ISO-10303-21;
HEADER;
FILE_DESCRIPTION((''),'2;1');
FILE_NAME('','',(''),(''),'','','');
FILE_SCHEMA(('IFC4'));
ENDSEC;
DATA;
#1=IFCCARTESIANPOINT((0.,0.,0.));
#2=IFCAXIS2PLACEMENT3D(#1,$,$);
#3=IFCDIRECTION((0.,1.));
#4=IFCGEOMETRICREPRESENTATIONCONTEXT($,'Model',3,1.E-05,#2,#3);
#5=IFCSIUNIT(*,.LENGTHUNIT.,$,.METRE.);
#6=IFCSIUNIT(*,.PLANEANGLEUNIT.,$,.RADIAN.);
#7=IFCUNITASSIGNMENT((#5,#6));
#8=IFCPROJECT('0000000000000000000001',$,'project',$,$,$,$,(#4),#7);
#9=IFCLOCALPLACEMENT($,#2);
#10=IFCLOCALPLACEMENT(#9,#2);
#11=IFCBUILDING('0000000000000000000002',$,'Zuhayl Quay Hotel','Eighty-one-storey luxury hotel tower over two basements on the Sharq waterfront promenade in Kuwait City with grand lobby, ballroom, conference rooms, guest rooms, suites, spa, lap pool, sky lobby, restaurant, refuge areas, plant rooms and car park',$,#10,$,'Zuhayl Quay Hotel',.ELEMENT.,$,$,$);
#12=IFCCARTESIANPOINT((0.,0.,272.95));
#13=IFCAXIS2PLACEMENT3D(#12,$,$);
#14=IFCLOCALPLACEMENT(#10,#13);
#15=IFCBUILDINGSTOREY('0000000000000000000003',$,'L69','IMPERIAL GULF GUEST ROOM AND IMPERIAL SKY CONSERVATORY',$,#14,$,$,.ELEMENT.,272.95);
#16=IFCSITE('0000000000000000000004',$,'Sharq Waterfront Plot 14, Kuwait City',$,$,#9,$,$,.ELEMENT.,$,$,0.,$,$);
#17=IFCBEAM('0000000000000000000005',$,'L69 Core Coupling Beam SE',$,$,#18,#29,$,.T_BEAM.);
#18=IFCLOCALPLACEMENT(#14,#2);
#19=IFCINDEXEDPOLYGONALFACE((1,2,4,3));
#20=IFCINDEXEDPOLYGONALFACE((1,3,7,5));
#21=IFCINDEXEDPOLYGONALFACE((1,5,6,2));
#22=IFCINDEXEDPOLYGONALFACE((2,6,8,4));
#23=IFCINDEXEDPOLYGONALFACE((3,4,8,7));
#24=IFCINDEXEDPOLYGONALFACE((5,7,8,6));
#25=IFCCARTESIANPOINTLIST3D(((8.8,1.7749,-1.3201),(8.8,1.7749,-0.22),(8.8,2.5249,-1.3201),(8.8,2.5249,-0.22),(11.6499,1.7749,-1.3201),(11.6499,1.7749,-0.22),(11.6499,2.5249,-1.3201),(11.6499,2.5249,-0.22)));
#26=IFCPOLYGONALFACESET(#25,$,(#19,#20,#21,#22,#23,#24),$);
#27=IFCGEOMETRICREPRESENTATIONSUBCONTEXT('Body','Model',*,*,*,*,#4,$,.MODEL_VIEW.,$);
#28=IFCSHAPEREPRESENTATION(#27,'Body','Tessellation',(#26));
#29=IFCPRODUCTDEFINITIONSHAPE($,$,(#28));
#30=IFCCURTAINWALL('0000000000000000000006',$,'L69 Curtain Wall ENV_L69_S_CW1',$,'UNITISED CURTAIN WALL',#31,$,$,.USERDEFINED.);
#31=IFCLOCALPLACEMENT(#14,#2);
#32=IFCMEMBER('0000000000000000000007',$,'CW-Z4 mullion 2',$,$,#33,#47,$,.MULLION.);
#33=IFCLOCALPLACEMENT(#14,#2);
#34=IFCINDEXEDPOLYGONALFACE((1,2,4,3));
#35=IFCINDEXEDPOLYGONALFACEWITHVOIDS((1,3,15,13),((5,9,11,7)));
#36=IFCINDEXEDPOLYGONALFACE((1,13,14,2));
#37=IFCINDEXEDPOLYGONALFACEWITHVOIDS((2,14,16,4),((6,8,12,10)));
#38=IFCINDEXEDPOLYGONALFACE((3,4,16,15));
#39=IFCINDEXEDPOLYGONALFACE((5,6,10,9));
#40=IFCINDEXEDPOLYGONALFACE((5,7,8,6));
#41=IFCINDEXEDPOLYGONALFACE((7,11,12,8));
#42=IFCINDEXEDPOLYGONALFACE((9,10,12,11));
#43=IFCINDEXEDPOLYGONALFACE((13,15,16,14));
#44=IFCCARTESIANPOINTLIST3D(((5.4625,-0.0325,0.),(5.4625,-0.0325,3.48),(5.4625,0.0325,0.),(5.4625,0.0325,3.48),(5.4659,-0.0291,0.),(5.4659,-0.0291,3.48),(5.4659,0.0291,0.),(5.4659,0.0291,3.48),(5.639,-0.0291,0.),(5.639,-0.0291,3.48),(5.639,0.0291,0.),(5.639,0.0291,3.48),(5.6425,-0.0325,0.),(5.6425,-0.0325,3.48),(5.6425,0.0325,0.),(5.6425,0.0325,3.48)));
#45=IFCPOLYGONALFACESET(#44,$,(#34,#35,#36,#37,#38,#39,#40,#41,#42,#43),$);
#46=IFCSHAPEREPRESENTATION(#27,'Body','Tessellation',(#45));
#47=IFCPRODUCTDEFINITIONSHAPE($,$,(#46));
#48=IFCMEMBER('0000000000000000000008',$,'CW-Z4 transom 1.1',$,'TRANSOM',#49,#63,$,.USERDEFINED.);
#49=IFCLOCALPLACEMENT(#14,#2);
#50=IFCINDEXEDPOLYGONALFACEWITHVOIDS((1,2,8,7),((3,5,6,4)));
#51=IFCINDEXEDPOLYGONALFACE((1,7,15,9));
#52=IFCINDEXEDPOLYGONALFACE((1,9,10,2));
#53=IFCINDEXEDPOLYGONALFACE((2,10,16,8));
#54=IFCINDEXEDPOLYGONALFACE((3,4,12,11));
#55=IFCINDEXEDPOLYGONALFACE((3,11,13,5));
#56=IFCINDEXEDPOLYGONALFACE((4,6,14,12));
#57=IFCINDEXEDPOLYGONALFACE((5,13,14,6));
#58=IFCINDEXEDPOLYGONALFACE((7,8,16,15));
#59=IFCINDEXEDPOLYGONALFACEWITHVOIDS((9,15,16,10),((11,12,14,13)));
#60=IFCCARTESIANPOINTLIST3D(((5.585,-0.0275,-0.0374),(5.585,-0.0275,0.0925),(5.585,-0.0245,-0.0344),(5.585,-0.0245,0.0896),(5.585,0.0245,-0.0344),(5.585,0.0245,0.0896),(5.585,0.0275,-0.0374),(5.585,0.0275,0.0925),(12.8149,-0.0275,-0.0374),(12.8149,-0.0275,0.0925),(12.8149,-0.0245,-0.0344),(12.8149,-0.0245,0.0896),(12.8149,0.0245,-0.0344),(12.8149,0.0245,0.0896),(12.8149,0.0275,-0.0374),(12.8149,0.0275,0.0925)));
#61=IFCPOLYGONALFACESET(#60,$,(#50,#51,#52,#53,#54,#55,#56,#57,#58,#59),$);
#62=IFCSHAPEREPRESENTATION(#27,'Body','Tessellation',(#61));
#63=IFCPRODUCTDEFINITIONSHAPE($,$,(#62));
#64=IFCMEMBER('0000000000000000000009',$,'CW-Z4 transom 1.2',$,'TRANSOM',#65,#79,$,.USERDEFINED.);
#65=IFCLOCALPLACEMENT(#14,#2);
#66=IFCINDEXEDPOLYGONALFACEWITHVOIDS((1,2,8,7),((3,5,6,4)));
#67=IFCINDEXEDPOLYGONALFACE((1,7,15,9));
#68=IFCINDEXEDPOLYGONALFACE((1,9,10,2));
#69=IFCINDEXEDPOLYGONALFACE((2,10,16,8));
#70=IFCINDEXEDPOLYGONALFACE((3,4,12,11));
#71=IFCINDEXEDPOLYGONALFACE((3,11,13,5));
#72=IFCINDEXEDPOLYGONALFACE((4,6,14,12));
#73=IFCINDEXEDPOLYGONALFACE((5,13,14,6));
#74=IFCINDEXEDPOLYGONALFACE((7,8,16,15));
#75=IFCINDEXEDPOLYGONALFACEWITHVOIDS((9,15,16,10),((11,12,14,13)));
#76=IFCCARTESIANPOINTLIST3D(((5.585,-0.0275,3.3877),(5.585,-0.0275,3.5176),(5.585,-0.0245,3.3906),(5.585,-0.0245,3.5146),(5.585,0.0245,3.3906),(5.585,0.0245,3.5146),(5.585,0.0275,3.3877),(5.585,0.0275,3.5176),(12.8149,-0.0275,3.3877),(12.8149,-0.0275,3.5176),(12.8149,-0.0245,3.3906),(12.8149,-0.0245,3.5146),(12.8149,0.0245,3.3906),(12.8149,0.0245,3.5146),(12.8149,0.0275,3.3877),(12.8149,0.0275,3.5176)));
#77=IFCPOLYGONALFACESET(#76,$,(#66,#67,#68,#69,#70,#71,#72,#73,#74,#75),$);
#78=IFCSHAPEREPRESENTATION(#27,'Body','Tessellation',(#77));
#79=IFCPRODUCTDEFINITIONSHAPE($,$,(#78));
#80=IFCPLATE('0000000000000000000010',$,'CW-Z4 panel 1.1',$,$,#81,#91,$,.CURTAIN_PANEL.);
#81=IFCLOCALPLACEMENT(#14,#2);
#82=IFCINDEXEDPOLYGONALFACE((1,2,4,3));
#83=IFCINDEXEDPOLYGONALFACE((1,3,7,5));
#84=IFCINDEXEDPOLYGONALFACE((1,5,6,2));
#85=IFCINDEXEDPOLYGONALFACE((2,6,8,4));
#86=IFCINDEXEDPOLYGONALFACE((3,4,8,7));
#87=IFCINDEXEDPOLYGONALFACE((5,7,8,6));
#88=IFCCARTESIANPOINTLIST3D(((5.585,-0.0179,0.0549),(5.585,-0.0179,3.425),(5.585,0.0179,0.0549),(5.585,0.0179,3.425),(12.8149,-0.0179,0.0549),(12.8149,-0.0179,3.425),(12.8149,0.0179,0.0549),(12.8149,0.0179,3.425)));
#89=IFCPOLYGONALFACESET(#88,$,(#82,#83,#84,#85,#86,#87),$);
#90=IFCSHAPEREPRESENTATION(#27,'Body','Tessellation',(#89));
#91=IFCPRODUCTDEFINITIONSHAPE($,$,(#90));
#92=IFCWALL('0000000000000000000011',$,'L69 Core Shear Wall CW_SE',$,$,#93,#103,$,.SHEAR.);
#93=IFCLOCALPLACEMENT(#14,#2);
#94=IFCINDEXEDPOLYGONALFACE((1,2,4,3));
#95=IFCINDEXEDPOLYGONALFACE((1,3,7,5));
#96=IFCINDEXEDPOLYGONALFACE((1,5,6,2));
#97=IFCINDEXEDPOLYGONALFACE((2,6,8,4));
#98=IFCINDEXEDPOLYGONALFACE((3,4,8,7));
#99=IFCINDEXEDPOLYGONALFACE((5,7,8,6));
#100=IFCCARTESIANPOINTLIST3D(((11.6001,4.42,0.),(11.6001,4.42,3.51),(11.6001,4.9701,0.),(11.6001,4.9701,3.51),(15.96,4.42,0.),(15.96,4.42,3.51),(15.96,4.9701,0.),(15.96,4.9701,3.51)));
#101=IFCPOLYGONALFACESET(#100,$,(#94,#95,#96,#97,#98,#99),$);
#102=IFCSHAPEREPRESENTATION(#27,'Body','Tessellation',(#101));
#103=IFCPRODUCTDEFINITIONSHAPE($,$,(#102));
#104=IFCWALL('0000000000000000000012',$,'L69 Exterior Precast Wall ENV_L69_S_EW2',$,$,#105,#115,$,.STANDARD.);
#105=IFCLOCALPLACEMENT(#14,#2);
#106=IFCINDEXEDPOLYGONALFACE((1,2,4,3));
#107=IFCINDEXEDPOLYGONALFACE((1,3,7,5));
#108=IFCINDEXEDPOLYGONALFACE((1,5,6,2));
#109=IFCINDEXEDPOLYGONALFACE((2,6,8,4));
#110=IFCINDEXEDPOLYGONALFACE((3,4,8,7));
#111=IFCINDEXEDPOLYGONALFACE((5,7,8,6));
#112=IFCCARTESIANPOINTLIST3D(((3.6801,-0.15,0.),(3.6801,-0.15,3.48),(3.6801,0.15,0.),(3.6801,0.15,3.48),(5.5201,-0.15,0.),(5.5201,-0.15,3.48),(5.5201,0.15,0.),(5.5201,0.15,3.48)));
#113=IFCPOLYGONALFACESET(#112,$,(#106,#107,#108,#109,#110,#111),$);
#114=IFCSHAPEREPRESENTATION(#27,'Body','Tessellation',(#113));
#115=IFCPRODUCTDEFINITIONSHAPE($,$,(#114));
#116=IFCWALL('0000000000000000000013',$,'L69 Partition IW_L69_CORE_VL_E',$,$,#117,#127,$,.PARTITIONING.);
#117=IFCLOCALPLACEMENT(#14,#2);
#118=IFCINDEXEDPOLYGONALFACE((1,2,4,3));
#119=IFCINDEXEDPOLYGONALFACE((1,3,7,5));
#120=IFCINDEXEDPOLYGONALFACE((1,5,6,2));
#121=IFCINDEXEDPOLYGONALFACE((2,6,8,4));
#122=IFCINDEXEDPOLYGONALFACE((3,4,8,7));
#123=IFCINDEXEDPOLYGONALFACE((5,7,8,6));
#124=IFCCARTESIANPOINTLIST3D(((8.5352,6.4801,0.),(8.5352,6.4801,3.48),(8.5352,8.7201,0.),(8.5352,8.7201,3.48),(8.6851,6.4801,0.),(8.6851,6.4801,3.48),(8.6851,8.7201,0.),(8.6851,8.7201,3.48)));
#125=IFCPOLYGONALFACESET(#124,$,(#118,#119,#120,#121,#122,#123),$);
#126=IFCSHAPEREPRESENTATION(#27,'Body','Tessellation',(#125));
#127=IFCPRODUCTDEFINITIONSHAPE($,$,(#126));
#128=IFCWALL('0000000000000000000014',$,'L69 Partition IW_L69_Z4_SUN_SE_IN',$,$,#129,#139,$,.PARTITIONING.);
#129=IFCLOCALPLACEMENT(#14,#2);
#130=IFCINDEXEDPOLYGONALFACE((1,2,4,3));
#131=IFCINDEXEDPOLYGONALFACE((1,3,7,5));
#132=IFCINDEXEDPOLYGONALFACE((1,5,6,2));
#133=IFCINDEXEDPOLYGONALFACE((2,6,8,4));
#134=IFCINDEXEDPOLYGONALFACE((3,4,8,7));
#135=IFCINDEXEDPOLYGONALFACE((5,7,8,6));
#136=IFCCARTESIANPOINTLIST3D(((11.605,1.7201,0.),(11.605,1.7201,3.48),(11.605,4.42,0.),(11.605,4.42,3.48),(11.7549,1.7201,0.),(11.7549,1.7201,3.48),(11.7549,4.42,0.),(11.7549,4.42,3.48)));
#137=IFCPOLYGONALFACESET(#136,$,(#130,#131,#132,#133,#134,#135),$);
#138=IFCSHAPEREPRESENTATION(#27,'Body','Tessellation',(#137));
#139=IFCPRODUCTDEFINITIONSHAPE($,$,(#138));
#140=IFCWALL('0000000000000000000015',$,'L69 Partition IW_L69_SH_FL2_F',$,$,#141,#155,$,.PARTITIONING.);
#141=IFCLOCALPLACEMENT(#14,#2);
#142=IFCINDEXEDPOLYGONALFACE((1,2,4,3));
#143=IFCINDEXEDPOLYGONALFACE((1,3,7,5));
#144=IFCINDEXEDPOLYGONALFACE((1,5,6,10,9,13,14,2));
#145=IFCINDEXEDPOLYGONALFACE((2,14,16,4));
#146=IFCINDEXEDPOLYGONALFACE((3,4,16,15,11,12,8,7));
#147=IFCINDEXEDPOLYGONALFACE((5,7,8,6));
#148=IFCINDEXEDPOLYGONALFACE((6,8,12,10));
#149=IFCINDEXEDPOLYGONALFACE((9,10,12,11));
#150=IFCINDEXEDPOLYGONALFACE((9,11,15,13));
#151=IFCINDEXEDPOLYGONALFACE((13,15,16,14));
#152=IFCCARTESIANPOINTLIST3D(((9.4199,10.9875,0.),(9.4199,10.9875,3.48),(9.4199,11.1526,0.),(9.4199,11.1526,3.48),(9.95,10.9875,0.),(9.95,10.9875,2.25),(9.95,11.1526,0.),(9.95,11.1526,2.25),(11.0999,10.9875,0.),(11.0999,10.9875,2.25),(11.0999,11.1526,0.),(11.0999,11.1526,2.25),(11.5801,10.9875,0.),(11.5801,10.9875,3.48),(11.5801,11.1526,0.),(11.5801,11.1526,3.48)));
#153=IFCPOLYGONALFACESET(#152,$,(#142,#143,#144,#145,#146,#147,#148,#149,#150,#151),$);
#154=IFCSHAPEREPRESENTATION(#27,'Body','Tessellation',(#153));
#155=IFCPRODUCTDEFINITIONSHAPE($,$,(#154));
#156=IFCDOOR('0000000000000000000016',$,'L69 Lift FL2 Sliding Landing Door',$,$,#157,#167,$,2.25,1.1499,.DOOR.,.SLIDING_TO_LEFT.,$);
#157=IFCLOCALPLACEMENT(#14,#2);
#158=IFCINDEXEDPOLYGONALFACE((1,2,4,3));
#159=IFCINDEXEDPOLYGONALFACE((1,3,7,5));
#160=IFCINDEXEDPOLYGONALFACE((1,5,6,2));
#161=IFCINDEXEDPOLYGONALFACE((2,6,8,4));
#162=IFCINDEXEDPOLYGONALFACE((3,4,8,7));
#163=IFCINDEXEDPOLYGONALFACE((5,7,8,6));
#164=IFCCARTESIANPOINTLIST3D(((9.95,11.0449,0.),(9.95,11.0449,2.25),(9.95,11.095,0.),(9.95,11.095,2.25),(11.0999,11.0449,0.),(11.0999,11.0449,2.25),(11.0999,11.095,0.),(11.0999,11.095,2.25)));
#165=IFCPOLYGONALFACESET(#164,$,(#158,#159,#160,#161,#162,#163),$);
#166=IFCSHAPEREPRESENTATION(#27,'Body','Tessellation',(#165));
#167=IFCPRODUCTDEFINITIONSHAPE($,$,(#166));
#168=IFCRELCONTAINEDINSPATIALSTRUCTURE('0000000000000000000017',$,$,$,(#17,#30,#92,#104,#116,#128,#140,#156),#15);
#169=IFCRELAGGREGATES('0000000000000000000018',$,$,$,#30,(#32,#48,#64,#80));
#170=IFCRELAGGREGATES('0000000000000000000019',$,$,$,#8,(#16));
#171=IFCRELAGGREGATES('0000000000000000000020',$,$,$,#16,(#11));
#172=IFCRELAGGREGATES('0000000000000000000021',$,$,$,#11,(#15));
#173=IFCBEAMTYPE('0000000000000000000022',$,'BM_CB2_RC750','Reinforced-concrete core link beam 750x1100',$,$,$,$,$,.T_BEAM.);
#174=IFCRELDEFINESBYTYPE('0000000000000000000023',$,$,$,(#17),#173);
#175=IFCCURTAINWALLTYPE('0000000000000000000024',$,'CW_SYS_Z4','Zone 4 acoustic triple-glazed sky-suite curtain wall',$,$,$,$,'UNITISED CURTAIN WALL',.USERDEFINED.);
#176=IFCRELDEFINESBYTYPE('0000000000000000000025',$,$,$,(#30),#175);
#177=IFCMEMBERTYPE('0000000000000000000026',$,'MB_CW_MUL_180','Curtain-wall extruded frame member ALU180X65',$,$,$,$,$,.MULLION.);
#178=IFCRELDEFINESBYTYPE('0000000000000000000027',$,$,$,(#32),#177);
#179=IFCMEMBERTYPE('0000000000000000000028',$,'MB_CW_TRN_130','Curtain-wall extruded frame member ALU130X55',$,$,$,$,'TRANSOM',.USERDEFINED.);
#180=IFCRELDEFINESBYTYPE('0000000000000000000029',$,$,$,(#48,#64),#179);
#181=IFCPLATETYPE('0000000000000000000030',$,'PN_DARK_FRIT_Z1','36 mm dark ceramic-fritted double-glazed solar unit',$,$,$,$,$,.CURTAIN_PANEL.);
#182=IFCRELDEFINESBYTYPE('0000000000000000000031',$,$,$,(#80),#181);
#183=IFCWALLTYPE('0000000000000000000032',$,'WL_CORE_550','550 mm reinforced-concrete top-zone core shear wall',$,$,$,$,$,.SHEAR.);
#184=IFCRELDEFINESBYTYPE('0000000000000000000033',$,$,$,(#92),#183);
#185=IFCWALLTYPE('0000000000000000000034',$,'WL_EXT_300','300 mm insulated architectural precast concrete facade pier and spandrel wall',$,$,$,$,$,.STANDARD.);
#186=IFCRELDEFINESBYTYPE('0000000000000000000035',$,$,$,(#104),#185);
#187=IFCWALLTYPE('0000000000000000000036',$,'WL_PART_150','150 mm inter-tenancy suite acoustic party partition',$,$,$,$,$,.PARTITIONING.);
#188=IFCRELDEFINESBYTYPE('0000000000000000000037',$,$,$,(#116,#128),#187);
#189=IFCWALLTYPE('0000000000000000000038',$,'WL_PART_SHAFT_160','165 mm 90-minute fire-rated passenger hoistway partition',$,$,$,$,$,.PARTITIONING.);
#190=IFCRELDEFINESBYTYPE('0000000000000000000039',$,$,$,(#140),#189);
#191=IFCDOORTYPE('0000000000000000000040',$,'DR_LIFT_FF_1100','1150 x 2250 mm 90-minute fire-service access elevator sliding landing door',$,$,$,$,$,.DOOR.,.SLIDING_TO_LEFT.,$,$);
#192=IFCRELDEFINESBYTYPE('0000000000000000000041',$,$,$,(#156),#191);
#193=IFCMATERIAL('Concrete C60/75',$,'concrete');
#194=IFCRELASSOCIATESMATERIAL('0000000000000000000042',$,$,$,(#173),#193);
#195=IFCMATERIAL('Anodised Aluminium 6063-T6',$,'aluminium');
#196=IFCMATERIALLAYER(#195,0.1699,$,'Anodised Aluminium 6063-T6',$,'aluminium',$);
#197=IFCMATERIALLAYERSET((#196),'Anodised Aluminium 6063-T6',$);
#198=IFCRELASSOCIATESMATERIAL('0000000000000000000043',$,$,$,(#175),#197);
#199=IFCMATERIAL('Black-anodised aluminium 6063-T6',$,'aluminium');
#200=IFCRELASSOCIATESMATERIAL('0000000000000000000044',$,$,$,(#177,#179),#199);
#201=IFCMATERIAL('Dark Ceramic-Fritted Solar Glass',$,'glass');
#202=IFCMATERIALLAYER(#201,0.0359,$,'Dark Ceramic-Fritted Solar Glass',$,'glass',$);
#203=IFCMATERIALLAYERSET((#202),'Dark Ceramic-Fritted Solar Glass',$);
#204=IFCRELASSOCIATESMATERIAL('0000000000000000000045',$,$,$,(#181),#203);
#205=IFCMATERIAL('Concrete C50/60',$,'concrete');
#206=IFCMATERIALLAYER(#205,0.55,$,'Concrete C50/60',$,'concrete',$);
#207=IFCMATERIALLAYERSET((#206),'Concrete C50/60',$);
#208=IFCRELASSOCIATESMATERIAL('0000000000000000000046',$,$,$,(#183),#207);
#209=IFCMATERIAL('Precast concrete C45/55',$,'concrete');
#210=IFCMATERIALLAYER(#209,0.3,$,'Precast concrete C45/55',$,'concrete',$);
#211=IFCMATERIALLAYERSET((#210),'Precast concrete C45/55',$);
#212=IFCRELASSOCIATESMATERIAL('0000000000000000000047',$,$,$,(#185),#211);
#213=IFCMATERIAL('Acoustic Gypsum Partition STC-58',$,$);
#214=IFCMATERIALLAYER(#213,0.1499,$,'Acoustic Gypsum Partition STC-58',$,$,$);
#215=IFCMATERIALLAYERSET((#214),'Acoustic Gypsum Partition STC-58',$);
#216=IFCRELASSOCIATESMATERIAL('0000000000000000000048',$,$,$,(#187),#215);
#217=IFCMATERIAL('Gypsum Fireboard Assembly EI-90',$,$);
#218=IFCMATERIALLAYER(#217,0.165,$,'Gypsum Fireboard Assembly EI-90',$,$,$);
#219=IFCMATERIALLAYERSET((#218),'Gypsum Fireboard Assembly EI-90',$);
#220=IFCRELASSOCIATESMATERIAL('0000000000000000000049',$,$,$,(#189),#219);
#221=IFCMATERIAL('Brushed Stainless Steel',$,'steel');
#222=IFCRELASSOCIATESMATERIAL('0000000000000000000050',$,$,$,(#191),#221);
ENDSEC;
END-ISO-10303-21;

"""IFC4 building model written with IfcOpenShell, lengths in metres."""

from ifc_helpers import new_model, si_unit, direction, frame, frame_2d, origin, origin_2d, place, context, subcontext, project, spatial, rectangle, hollow_rectangle, extrude, material, layer, layer_set, material_profile, profile_set, type_object, element, fill, aggregate, save


model = new_model("IFC4")

# Units and contexts
model_context = context("Model", 3, precision=1e-05, world=origin(), true_north=direction((0.0, 1.0)))
body_context = subcontext(model_context, "Body", "Model", "MODEL_VIEW")
ifc_project = project(units=[si_unit("LENGTHUNIT", "METRE"), si_unit("PLANEANGLEUNIT", "RADIAN")], contexts=[model_context])

# Site, building, storey
site_placement = place(None, origin())
site = spatial("IfcSite", under=ifc_project, at=site_placement, Name="Sharq Waterfront Plot 14, Kuwait City", CompositionType="ELEMENT", RefElevation=0.0)
building_placement = place(site_placement, origin())
building = spatial("IfcBuilding", under=site, at=building_placement, Name="Zuhayl Quay Hotel", Description="Eighty-one-storey luxury hotel tower over two basements on the Sharq waterfront promenade in Kuwait City with grand lobby, ballroom, conference rooms, guest rooms, suites, spa, lap pool, sky lobby, restaurant, refuge areas, plant rooms and car park", LongName="Zuhayl Quay Hotel", CompositionType="ELEMENT")
storey_placement = place(building_placement, frame((0.0, 0.0, 272.95)))
storey = spatial("IfcBuildingStorey", under=building, at=storey_placement, Name="L69", Description="IMPERIAL GULF GUEST ROOM AND IMPERIAL SKY CONSERVATORY", CompositionType="ELEMENT", Elevation=272.95)

# Beam
ifc_material_1 = material(Name="Concrete C60/75", Category="concrete")
ifc_material_profile_1 = material_profile(ifc_material_1, rectangle(XDim=0.75, YDim=1.1001, at=origin_2d()), Name="RC750X1100")
ifc_profile_set_1 = profile_set([ifc_material_profile_1], Name="Concrete C60/75")
beam_type = type_object("IfcBeamType", Name="BM_CB2_RC750", Description="Reinforced-concrete core link beam 750x1100", PredefinedType="T_BEAM", material=ifc_profile_set_1)
beam_placement = place(storey_placement, frame((8.8, 2.1499, -0.77), z_axis=(1.0, 0.0, 0.0), x_axis=(0.0, 1.0, 0.0)))
element("IfcBeam", 1, at=beam_placement, inside=storey, type_object=beam_type, Name="L69 Core Coupling Beam SE", PredefinedType="T_BEAM", context=body_context, shape_type="SweptSolid", body=[
    extrude(rectangle(XDim=0.75, YDim=1.1001, at=origin_2d()), origin(), (0.0, 0.0, 1.0), 2.8499),
])

# Curtain wall, members, plate
ifc_material_2 = material(Name="Anodised Aluminium 6063-T6", Category="aluminium")
ifc_layer_1 = layer(ifc_material_2, 0.1699, Name="Anodised Aluminium 6063-T6", Category="aluminium")
ifc_layer_set_1 = layer_set([ifc_layer_1], Name="Anodised Aluminium 6063-T6")
curtain_wall_type = type_object("IfcCurtainWallType", Name="CW_SYS_Z4", Description="Zone 4 acoustic triple-glazed sky-suite curtain wall", ElementType="UNITISED CURTAIN WALL", PredefinedType="USERDEFINED", material=ifc_layer_set_1)
curtain_wall_placement = place(storey_placement, origin())
curtain_wall = element("IfcCurtainWall", 2, at=curtain_wall_placement, inside=storey, type_object=curtain_wall_type, Name="L69 Curtain Wall ENV_L69_S_CW1", ObjectType="UNITISED CURTAIN WALL", PredefinedType="USERDEFINED")
ifc_material_3 = material(Name="Black-anodised aluminium 6063-T6", Category="aluminium")
ifc_material_profile_2 = material_profile(ifc_material_3, hollow_rectangle(XDim=0.0649, YDim=0.1799, WallThickness=0.0034, at=origin_2d()), Name="ALU180X65")
ifc_profile_set_2 = profile_set([ifc_material_profile_2], Name="Black-anodised aluminium 6063-T6")
member_type_1 = type_object("IfcMemberType", Name="MB_CW_MUL_180", Description="Curtain-wall extruded frame member ALU180X65", PredefinedType="MULLION", material=ifc_profile_set_2)
member_1_placement = place(storey_placement, frame((5.5525, 0.0, 0.0), z_axis=(0.0, 0.0, 1.0), x_axis=(0.0, -1.0, 0.0)))
member_1 = element("IfcMember", 3, at=member_1_placement, type_object=member_type_1, Name="CW-Z4 mullion 2", PredefinedType="MULLION", context=body_context, shape_type="SweptSolid", body=[
    extrude(hollow_rectangle(XDim=0.0649, YDim=0.1799, WallThickness=0.0034, at=origin_2d()), origin(), (0.0, 0.0, 1.0), 3.48),
])
ifc_material_profile_3 = material_profile(ifc_material_3, hollow_rectangle(XDim=0.0549, YDim=0.1299, WallThickness=0.0029, at=origin_2d()), Name="ALU130X55")
ifc_profile_set_3 = profile_set([ifc_material_profile_3], Name="Black-anodised aluminium 6063-T6")
member_type_2 = type_object("IfcMemberType", Name="MB_CW_TRN_130", Description="Curtain-wall extruded frame member ALU130X55", ElementType="TRANSOM", PredefinedType="USERDEFINED", material=ifc_profile_set_3)
member_2_placement = place(storey_placement, frame((12.8149, 0.0, 0.0276), z_axis=(-1.0, 0.0, 0.0), x_axis=(0.0, -1.0, 0.0)))
member_2 = element("IfcMember", 4, at=member_2_placement, type_object=member_type_2, Name="CW-Z4 transom 1.1", ObjectType="TRANSOM", PredefinedType="USERDEFINED", context=body_context, shape_type="SweptSolid", body=[
    extrude(hollow_rectangle(XDim=0.0549, YDim=0.1299, WallThickness=0.0029, at=origin_2d()), origin(), (0.0, 0.0, 1.0), 7.23),
])
member_3_placement = place(storey_placement, frame((12.8149, 0.0, 3.4526), z_axis=(-1.0, 0.0, 0.0), x_axis=(0.0, -1.0, 0.0)))
member_3 = element("IfcMember", 5, at=member_3_placement, type_object=member_type_2, Name="CW-Z4 transom 1.2", ObjectType="TRANSOM", PredefinedType="USERDEFINED", context=body_context, shape_type="SweptSolid", body=[
    extrude(hollow_rectangle(XDim=0.0549, YDim=0.1299, WallThickness=0.0029, at=origin_2d()), origin(), (0.0, 0.0, 1.0), 7.23),
])
ifc_material_4 = material(Name="Dark Ceramic-Fritted Solar Glass", Category="glass")
ifc_layer_2 = layer(ifc_material_4, 0.0359, Name="Dark Ceramic-Fritted Solar Glass", Category="glass")
ifc_layer_set_2 = layer_set([ifc_layer_2], Name="Dark Ceramic-Fritted Solar Glass")
plate_type = type_object("IfcPlateType", Name="PN_DARK_FRIT_Z1", Description="36 mm dark ceramic-fritted double-glazed solar unit", PredefinedType="CURTAIN_PANEL", material=ifc_layer_set_2)
plate_placement = place(storey_placement, frame((9.2, 0.0, 0.0549), z_axis=(0.0, 0.0, 1.0), x_axis=(-1.0, 0.0, 0.0)))
plate = element("IfcPlate", 6, at=plate_placement, type_object=plate_type, Name="CW-Z4 panel 1.1", PredefinedType="CURTAIN_PANEL", context=body_context, shape_type="SweptSolid", body=[
    extrude(rectangle(XDim=7.23, YDim=0.0359, at=origin_2d()), origin(), (0.0, 0.0, 1.0), 3.3701),
])
aggregate(curtain_wall, [member_1, member_2, member_3, plate])

# Walls
ifc_material_5 = material(Name="Concrete C50/60", Category="concrete")
ifc_layer_3 = layer(ifc_material_5, 0.55, Name="Concrete C50/60", Category="concrete")
ifc_layer_set_3 = layer_set([ifc_layer_3], Name="Concrete C50/60")
wall_type_1 = type_object("IfcWallType", Name="WL_CORE_550", Description="550 mm reinforced-concrete top-zone core shear wall", PredefinedType="SHEAR", material=ifc_layer_set_3)
wall_1_placement = place(storey_placement, frame((11.6001, 4.6951, 0.0), z_axis=(0.0, 0.0, 1.0), x_axis=(1.0, 0.0, 0.0)))
element("IfcWall", 7, at=wall_1_placement, inside=storey, type_object=wall_type_1, Name="L69 Core Shear Wall CW_SE", PredefinedType="SHEAR", context=body_context, shape_type="SweptSolid", body=[
    extrude(rectangle(XDim=4.3599, YDim=0.55, at=frame_2d((2.1799, 0.0))), origin(), (0.0, 0.0, 1.0), 3.51),
])
ifc_material_6 = material(Name="Precast concrete C45/55", Category="concrete")
ifc_layer_4 = layer(ifc_material_6, 0.3, Name="Precast concrete C45/55", Category="concrete")
ifc_layer_set_4 = layer_set([ifc_layer_4], Name="Precast concrete C45/55")
wall_type_2 = type_object("IfcWallType", Name="WL_EXT_300", Description="300 mm insulated architectural precast concrete facade pier and spandrel wall", PredefinedType="STANDARD", material=ifc_layer_set_4)
wall_2_placement = place(storey_placement, frame((5.52, 0.0, 0.0), z_axis=(0.0, 0.0, 1.0), x_axis=(-1.0, 0.0, 0.0)))
element("IfcWall", 8, at=wall_2_placement, inside=storey, type_object=wall_type_2, Name="L69 Exterior Precast Wall ENV_L69_S_EW2", PredefinedType="STANDARD", context=body_context, shape_type="SweptSolid", body=[
    extrude(rectangle(XDim=1.8401, YDim=0.3, at=frame_2d((0.9199, 0.0))), origin(), (0.0, 0.0, 1.0), 3.48),
])
ifc_material_7 = material(Name="Acoustic Gypsum Partition STC-58")
ifc_layer_5 = layer(ifc_material_7, 0.1499, Name="Acoustic Gypsum Partition STC-58")
ifc_layer_set_5 = layer_set([ifc_layer_5], Name="Acoustic Gypsum Partition STC-58")
wall_type_3 = type_object("IfcWallType", Name="WL_PART_150", Description="150 mm inter-tenancy suite acoustic party partition", PredefinedType="PARTITIONING", material=ifc_layer_set_5)
wall_3_placement = place(storey_placement, frame((8.6101, 6.48, 0.0), z_axis=(0.0, 0.0, 1.0), x_axis=(0.0, 1.0, 0.0)))
element("IfcWall", 9, at=wall_3_placement, inside=storey, type_object=wall_type_3, Name="L69 Partition IW_L69_CORE_VL_E", PredefinedType="PARTITIONING", context=body_context, shape_type="SweptSolid", body=[
    extrude(rectangle(XDim=2.24, YDim=0.1499, at=frame_2d((1.1201, 0.0))), origin(), (0.0, 0.0, 1.0), 3.48),
])
wall_4_placement = place(storey_placement, frame((11.6799, 1.72, 0.0), z_axis=(0.0, 0.0, 1.0), x_axis=(0.0, 1.0, 0.0)))
element("IfcWall", 10, at=wall_4_placement, inside=storey, type_object=wall_type_3, Name="L69 Partition IW_L69_Z4_SUN_SE_IN", PredefinedType="PARTITIONING", context=body_context, shape_type="SweptSolid", body=[
    extrude(rectangle(XDim=2.7, YDim=0.1499, at=frame_2d((1.3501, 0.0))), origin(), (0.0, 0.0, 1.0), 3.48),
])

# Wall, opening, door
ifc_material_8 = material(Name="Gypsum Fireboard Assembly EI-90")
ifc_layer_6 = layer(ifc_material_8, 0.165, Name="Gypsum Fireboard Assembly EI-90")
ifc_layer_set_6 = layer_set([ifc_layer_6], Name="Gypsum Fireboard Assembly EI-90")
wall_type_4 = type_object("IfcWallType", Name="WL_PART_SHAFT_160", Description="165 mm 90-minute fire-rated passenger hoistway partition", PredefinedType="PARTITIONING", material=ifc_layer_set_6)
wall_5_placement = place(storey_placement, frame((9.4199, 11.0701, 0.0), z_axis=(0.0, 0.0, 1.0), x_axis=(1.0, 0.0, 0.0)))
wall_5 = element("IfcWall", 11, at=wall_5_placement, inside=storey, type_object=wall_type_4, Name="L69 Partition IW_L69_SH_FL2_F", PredefinedType="PARTITIONING", context=body_context, shape_type="SweptSolid", body=[
    extrude(rectangle(XDim=2.1602, YDim=0.165, at=frame_2d((1.0801, 0.0))), origin(), (0.0, 0.0, 1.0), 3.48),
])
opening_1_placement = place(wall_5_placement, frame((0.53, 0.0, 0.0)))
opening_1 = element("IfcOpeningElement", 12, at=opening_1_placement, cuts=wall_5, PredefinedType="OPENING", context=body_context, shape_type="SweptSolid", body=[
    extrude(rectangle(XDim=1.1499, YDim=2.25, at=frame_2d((0.575, 1.125))), frame((0.0, 0.0925, 0.0), z_axis=(0.0, -1.0, 0.0), x_axis=(1.0, 0.0, 0.0)), (0.0, 0.0, 1.0), 0.1851),
])
ifc_material_9 = material(Name="Brushed Stainless Steel", Category="steel")
door_type_1 = type_object("IfcDoorType", Name="DR_LIFT_FF_1100", Description="1150 x 2250 mm 90-minute fire-service access elevator sliding landing door", OperationType="SLIDING_TO_LEFT", PredefinedType="DOOR", material=ifc_material_9)
door_1_placement = place(opening_1_placement, origin())
door_1 = element("IfcDoor", 13, at=door_1_placement, inside=storey, type_object=door_type_1, Name="L69 Lift FL2 Sliding Landing Door", OperationType="SLIDING_TO_LEFT", OverallHeight=2.25, OverallWidth=1.1499, PredefinedType="DOOR", context=body_context, shape_type="SweptSolid", body=[
    extrude(rectangle(XDim=1.1499, YDim=2.25, at=frame_2d((0.575, 1.125))), frame((0.0, 0.0249, 0.0), z_axis=(0.0, -1.0, 0.0), x_axis=(1.0, 0.0, 0.0)), (0.0, 0.0, 1.0), 0.05),
])
fill(opening_1, door_1)

save(model, "model.ifc")
